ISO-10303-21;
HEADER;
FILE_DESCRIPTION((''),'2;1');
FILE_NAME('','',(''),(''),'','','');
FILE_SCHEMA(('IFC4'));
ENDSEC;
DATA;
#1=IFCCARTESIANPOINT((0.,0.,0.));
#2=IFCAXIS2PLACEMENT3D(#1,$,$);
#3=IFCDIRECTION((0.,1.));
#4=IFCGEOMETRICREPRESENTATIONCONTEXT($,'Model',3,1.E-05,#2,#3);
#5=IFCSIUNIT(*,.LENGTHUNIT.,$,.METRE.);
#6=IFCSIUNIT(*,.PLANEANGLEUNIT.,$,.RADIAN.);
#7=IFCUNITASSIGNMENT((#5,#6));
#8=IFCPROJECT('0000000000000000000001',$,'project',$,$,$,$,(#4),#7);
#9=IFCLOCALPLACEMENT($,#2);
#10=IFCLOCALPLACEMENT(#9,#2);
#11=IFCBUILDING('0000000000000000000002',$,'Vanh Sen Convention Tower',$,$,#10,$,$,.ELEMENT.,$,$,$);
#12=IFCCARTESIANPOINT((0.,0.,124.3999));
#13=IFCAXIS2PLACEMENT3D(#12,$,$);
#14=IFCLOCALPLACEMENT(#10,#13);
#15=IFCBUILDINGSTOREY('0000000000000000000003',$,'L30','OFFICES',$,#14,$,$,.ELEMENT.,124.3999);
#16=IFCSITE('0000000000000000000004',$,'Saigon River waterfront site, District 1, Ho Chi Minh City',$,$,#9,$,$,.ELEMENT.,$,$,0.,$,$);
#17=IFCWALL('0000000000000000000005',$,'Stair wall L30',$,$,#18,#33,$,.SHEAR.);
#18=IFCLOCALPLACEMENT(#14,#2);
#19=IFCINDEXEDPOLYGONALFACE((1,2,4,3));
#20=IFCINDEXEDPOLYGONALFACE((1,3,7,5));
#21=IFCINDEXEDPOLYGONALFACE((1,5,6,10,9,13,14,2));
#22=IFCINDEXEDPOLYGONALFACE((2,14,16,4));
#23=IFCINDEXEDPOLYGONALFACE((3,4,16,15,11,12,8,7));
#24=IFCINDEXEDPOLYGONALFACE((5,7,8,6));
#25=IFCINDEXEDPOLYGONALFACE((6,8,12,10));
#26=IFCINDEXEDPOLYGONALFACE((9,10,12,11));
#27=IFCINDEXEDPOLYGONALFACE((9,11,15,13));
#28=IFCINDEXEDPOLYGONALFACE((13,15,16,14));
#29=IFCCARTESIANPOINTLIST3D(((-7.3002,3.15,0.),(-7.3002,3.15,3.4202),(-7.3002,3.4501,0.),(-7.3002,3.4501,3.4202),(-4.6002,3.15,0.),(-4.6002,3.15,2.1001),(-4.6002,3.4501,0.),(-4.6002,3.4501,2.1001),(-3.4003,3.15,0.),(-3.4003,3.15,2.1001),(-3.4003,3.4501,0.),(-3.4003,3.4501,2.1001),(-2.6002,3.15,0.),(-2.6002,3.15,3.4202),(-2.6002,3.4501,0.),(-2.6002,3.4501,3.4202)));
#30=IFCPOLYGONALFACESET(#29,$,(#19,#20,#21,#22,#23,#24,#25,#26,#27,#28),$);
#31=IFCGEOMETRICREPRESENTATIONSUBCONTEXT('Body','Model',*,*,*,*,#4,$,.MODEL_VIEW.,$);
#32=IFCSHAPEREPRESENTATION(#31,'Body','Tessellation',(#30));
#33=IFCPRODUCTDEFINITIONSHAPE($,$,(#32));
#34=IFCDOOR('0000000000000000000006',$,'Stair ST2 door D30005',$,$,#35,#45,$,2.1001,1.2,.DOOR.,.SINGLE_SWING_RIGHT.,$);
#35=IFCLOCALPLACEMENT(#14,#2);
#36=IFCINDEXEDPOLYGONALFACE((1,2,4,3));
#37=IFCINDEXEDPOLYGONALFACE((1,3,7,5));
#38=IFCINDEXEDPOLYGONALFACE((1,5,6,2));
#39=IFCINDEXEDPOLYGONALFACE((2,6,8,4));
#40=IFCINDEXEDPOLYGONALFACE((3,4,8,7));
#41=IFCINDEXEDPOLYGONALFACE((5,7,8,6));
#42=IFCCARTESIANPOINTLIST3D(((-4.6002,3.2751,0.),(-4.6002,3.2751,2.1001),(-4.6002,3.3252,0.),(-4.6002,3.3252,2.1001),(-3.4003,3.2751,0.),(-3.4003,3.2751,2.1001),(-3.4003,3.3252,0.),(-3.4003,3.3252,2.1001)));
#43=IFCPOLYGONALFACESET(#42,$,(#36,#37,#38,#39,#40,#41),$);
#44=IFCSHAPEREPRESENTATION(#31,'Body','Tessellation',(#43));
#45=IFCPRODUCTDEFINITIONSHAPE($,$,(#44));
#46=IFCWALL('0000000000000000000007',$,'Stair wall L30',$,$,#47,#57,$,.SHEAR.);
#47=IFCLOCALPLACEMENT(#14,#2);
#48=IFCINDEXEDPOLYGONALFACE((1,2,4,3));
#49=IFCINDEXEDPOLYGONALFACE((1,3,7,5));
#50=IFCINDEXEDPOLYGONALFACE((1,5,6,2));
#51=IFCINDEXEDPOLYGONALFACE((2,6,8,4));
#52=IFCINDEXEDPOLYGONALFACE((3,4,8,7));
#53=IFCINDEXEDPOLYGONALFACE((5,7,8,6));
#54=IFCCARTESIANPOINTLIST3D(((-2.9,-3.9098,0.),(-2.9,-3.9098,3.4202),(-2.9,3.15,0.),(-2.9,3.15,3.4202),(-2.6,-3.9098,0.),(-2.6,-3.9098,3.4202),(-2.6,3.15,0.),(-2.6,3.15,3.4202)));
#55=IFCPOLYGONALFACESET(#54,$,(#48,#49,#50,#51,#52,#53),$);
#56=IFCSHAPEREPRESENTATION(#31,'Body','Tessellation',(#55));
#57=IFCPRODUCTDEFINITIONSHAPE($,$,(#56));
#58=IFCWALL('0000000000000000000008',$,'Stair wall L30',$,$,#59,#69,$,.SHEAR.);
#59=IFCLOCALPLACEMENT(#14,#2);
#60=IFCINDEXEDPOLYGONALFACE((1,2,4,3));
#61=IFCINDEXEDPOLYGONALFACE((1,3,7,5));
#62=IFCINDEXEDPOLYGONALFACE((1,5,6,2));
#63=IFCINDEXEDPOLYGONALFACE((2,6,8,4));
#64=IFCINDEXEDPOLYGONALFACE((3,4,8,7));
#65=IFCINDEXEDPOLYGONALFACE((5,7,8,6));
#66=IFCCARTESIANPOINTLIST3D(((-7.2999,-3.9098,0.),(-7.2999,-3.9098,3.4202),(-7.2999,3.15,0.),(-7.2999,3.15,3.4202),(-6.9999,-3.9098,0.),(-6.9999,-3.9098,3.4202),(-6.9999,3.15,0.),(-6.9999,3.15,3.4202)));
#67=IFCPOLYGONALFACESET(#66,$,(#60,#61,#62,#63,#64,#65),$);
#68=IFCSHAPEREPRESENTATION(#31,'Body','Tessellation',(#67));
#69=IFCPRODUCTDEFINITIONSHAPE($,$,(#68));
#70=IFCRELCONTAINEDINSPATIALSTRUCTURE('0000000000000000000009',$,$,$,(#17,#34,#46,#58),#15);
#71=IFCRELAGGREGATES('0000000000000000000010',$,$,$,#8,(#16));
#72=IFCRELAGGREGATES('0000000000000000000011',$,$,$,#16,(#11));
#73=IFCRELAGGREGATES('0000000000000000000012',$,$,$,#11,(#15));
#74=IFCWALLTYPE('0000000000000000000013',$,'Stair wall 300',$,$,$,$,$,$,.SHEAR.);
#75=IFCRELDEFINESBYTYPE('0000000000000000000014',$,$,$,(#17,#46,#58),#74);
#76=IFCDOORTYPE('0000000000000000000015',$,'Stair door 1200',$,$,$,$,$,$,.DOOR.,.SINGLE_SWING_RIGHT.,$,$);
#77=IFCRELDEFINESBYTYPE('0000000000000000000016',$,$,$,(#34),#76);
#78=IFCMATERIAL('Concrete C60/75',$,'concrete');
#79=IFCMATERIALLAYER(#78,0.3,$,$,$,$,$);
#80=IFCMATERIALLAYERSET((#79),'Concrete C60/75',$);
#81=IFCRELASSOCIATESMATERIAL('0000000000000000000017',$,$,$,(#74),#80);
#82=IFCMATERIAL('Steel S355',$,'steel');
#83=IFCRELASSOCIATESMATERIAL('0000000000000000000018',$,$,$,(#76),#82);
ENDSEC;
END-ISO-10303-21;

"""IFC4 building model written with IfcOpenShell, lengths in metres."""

from ifc_helpers import new_model, si_unit, direction, frame, frame_2d, origin, place, context, subcontext, project, spatial, rectangle, extrude, material, layer, layer_set, type_object, element, fill, save


model = new_model("IFC4")

# Units and contexts
model_context = context("Model", 3, precision=1e-05, world=origin(), true_north=direction((0.0, 1.0)))
body_context = subcontext(model_context, "Body", "Model", "MODEL_VIEW")
ifc_project = project(units=[si_unit("LENGTHUNIT", "METRE"), si_unit("PLANEANGLEUNIT", "RADIAN")], contexts=[model_context])

# Site, building, storey
site_placement = place(None, origin())
site = spatial("IfcSite", under=ifc_project, at=site_placement, Name="Saigon River waterfront site, District 1, Ho Chi Minh City", CompositionType="ELEMENT", RefElevation=0.0)
building_placement = place(site_placement, origin())
building = spatial("IfcBuilding", under=site, at=building_placement, Name="Vanh Sen Convention Tower", CompositionType="ELEMENT")
storey_placement = place(building_placement, frame((0.0, 0.0, 124.3999)))
storey = spatial("IfcBuildingStorey", under=building, at=storey_placement, Name="L30", Description="OFFICES", CompositionType="ELEMENT", Elevation=124.3999)

# Shared definitions
ifc_material_1 = material(Name="Concrete C60/75", Category="concrete")

# Shared definitions
ifc_material_2 = material(Name="Steel S355", Category="steel")

# Shared definitions
ifc_layer_1 = layer(ifc_material_1, 0.3)
ifc_layer_set_1 = layer_set([ifc_layer_1], Name="Concrete C60/75")
wall_type_1 = type_object("IfcWallType", Name="Stair wall 300", PredefinedType="SHEAR", material=ifc_layer_set_1)

# Wall, opening, door
wall_1_placement = place(storey_placement, frame((-2.6001, 3.3, 0.0), z_axis=(0.0, 0.0, 1.0), x_axis=(-1.0, 0.0, 0.0)))
wall_1 = element("IfcWall", 1, at=wall_1_placement, inside=storey, type_object=wall_type_1, Name="Stair wall L30", PredefinedType="SHEAR", context=body_context, shape_type="SweptSolid", body=[
    extrude(rectangle(XDim=4.7, YDim=0.3, at=frame_2d((2.3501, 0.0))), origin(), (0.0, 0.0, 1.0), 3.4202),
])
opening_1_placement = place(wall_1_placement, frame((0.8, 0.0, 0.0)))
opening_1 = element("IfcOpeningElement", 2, at=opening_1_placement, cuts=wall_1, PredefinedType="OPENING", context=body_context, shape_type="SweptSolid", body=[
    extrude(rectangle(XDim=1.2, YDim=2.1001, at=frame_2d((0.6001, 1.05))), frame((0.0, 0.1599, 0.0), z_axis=(0.0, -1.0, 0.0), x_axis=(1.0, 0.0, 0.0)), (0.0, 0.0, 1.0), 0.3201),
])
door_type_1 = type_object("IfcDoorType", Name="Stair door 1200", OperationType="SINGLE_SWING_RIGHT", PredefinedType="DOOR", material=ifc_material_2)
door_1_placement = place(opening_1_placement, origin())
door_1 = element("IfcDoor", 3, at=door_1_placement, inside=storey, type_object=door_type_1, Name="Stair ST2 door D30005", OperationType="SINGLE_SWING_RIGHT", OverallHeight=2.1001, OverallWidth=1.2, PredefinedType="DOOR", context=body_context, shape_type="SweptSolid", body=[
    extrude(rectangle(XDim=1.2, YDim=2.1001, at=frame_2d((0.6001, 1.05))), frame((0.0, 0.0249, 0.0), z_axis=(0.0, -1.0, 0.0), x_axis=(1.0, 0.0, 0.0)), (0.0, 0.0, 1.0), 0.05),
])
fill(opening_1, door_1)

# Walls
for number, where, z_axis, x_axis, name in (
    (4, (-2.75, 3.1499, 0.0), (0.0, 0.0, 1.0), (0.0, -1.0, 0.0), "Stair wall L30"),
    (5, (-7.1499, 3.1499, 0.0), (0.0, 0.0, 1.0), (0.0, -1.0, 0.0), "Stair wall L30"),
):
    element("IfcWall", number, at=place(storey_placement, frame(where, z_axis=z_axis, x_axis=x_axis)), inside=storey, type_object=wall_type_1, Name=name, PredefinedType="SHEAR", context=body_context, shape_type="SweptSolid", body=[
        extrude(rectangle(XDim=7.0598, YDim=0.3, at=frame_2d((3.5298, 0.0))), origin(), (0.0, 0.0, 1.0), 3.4202),
    ])

save(model, "model.ifc")
